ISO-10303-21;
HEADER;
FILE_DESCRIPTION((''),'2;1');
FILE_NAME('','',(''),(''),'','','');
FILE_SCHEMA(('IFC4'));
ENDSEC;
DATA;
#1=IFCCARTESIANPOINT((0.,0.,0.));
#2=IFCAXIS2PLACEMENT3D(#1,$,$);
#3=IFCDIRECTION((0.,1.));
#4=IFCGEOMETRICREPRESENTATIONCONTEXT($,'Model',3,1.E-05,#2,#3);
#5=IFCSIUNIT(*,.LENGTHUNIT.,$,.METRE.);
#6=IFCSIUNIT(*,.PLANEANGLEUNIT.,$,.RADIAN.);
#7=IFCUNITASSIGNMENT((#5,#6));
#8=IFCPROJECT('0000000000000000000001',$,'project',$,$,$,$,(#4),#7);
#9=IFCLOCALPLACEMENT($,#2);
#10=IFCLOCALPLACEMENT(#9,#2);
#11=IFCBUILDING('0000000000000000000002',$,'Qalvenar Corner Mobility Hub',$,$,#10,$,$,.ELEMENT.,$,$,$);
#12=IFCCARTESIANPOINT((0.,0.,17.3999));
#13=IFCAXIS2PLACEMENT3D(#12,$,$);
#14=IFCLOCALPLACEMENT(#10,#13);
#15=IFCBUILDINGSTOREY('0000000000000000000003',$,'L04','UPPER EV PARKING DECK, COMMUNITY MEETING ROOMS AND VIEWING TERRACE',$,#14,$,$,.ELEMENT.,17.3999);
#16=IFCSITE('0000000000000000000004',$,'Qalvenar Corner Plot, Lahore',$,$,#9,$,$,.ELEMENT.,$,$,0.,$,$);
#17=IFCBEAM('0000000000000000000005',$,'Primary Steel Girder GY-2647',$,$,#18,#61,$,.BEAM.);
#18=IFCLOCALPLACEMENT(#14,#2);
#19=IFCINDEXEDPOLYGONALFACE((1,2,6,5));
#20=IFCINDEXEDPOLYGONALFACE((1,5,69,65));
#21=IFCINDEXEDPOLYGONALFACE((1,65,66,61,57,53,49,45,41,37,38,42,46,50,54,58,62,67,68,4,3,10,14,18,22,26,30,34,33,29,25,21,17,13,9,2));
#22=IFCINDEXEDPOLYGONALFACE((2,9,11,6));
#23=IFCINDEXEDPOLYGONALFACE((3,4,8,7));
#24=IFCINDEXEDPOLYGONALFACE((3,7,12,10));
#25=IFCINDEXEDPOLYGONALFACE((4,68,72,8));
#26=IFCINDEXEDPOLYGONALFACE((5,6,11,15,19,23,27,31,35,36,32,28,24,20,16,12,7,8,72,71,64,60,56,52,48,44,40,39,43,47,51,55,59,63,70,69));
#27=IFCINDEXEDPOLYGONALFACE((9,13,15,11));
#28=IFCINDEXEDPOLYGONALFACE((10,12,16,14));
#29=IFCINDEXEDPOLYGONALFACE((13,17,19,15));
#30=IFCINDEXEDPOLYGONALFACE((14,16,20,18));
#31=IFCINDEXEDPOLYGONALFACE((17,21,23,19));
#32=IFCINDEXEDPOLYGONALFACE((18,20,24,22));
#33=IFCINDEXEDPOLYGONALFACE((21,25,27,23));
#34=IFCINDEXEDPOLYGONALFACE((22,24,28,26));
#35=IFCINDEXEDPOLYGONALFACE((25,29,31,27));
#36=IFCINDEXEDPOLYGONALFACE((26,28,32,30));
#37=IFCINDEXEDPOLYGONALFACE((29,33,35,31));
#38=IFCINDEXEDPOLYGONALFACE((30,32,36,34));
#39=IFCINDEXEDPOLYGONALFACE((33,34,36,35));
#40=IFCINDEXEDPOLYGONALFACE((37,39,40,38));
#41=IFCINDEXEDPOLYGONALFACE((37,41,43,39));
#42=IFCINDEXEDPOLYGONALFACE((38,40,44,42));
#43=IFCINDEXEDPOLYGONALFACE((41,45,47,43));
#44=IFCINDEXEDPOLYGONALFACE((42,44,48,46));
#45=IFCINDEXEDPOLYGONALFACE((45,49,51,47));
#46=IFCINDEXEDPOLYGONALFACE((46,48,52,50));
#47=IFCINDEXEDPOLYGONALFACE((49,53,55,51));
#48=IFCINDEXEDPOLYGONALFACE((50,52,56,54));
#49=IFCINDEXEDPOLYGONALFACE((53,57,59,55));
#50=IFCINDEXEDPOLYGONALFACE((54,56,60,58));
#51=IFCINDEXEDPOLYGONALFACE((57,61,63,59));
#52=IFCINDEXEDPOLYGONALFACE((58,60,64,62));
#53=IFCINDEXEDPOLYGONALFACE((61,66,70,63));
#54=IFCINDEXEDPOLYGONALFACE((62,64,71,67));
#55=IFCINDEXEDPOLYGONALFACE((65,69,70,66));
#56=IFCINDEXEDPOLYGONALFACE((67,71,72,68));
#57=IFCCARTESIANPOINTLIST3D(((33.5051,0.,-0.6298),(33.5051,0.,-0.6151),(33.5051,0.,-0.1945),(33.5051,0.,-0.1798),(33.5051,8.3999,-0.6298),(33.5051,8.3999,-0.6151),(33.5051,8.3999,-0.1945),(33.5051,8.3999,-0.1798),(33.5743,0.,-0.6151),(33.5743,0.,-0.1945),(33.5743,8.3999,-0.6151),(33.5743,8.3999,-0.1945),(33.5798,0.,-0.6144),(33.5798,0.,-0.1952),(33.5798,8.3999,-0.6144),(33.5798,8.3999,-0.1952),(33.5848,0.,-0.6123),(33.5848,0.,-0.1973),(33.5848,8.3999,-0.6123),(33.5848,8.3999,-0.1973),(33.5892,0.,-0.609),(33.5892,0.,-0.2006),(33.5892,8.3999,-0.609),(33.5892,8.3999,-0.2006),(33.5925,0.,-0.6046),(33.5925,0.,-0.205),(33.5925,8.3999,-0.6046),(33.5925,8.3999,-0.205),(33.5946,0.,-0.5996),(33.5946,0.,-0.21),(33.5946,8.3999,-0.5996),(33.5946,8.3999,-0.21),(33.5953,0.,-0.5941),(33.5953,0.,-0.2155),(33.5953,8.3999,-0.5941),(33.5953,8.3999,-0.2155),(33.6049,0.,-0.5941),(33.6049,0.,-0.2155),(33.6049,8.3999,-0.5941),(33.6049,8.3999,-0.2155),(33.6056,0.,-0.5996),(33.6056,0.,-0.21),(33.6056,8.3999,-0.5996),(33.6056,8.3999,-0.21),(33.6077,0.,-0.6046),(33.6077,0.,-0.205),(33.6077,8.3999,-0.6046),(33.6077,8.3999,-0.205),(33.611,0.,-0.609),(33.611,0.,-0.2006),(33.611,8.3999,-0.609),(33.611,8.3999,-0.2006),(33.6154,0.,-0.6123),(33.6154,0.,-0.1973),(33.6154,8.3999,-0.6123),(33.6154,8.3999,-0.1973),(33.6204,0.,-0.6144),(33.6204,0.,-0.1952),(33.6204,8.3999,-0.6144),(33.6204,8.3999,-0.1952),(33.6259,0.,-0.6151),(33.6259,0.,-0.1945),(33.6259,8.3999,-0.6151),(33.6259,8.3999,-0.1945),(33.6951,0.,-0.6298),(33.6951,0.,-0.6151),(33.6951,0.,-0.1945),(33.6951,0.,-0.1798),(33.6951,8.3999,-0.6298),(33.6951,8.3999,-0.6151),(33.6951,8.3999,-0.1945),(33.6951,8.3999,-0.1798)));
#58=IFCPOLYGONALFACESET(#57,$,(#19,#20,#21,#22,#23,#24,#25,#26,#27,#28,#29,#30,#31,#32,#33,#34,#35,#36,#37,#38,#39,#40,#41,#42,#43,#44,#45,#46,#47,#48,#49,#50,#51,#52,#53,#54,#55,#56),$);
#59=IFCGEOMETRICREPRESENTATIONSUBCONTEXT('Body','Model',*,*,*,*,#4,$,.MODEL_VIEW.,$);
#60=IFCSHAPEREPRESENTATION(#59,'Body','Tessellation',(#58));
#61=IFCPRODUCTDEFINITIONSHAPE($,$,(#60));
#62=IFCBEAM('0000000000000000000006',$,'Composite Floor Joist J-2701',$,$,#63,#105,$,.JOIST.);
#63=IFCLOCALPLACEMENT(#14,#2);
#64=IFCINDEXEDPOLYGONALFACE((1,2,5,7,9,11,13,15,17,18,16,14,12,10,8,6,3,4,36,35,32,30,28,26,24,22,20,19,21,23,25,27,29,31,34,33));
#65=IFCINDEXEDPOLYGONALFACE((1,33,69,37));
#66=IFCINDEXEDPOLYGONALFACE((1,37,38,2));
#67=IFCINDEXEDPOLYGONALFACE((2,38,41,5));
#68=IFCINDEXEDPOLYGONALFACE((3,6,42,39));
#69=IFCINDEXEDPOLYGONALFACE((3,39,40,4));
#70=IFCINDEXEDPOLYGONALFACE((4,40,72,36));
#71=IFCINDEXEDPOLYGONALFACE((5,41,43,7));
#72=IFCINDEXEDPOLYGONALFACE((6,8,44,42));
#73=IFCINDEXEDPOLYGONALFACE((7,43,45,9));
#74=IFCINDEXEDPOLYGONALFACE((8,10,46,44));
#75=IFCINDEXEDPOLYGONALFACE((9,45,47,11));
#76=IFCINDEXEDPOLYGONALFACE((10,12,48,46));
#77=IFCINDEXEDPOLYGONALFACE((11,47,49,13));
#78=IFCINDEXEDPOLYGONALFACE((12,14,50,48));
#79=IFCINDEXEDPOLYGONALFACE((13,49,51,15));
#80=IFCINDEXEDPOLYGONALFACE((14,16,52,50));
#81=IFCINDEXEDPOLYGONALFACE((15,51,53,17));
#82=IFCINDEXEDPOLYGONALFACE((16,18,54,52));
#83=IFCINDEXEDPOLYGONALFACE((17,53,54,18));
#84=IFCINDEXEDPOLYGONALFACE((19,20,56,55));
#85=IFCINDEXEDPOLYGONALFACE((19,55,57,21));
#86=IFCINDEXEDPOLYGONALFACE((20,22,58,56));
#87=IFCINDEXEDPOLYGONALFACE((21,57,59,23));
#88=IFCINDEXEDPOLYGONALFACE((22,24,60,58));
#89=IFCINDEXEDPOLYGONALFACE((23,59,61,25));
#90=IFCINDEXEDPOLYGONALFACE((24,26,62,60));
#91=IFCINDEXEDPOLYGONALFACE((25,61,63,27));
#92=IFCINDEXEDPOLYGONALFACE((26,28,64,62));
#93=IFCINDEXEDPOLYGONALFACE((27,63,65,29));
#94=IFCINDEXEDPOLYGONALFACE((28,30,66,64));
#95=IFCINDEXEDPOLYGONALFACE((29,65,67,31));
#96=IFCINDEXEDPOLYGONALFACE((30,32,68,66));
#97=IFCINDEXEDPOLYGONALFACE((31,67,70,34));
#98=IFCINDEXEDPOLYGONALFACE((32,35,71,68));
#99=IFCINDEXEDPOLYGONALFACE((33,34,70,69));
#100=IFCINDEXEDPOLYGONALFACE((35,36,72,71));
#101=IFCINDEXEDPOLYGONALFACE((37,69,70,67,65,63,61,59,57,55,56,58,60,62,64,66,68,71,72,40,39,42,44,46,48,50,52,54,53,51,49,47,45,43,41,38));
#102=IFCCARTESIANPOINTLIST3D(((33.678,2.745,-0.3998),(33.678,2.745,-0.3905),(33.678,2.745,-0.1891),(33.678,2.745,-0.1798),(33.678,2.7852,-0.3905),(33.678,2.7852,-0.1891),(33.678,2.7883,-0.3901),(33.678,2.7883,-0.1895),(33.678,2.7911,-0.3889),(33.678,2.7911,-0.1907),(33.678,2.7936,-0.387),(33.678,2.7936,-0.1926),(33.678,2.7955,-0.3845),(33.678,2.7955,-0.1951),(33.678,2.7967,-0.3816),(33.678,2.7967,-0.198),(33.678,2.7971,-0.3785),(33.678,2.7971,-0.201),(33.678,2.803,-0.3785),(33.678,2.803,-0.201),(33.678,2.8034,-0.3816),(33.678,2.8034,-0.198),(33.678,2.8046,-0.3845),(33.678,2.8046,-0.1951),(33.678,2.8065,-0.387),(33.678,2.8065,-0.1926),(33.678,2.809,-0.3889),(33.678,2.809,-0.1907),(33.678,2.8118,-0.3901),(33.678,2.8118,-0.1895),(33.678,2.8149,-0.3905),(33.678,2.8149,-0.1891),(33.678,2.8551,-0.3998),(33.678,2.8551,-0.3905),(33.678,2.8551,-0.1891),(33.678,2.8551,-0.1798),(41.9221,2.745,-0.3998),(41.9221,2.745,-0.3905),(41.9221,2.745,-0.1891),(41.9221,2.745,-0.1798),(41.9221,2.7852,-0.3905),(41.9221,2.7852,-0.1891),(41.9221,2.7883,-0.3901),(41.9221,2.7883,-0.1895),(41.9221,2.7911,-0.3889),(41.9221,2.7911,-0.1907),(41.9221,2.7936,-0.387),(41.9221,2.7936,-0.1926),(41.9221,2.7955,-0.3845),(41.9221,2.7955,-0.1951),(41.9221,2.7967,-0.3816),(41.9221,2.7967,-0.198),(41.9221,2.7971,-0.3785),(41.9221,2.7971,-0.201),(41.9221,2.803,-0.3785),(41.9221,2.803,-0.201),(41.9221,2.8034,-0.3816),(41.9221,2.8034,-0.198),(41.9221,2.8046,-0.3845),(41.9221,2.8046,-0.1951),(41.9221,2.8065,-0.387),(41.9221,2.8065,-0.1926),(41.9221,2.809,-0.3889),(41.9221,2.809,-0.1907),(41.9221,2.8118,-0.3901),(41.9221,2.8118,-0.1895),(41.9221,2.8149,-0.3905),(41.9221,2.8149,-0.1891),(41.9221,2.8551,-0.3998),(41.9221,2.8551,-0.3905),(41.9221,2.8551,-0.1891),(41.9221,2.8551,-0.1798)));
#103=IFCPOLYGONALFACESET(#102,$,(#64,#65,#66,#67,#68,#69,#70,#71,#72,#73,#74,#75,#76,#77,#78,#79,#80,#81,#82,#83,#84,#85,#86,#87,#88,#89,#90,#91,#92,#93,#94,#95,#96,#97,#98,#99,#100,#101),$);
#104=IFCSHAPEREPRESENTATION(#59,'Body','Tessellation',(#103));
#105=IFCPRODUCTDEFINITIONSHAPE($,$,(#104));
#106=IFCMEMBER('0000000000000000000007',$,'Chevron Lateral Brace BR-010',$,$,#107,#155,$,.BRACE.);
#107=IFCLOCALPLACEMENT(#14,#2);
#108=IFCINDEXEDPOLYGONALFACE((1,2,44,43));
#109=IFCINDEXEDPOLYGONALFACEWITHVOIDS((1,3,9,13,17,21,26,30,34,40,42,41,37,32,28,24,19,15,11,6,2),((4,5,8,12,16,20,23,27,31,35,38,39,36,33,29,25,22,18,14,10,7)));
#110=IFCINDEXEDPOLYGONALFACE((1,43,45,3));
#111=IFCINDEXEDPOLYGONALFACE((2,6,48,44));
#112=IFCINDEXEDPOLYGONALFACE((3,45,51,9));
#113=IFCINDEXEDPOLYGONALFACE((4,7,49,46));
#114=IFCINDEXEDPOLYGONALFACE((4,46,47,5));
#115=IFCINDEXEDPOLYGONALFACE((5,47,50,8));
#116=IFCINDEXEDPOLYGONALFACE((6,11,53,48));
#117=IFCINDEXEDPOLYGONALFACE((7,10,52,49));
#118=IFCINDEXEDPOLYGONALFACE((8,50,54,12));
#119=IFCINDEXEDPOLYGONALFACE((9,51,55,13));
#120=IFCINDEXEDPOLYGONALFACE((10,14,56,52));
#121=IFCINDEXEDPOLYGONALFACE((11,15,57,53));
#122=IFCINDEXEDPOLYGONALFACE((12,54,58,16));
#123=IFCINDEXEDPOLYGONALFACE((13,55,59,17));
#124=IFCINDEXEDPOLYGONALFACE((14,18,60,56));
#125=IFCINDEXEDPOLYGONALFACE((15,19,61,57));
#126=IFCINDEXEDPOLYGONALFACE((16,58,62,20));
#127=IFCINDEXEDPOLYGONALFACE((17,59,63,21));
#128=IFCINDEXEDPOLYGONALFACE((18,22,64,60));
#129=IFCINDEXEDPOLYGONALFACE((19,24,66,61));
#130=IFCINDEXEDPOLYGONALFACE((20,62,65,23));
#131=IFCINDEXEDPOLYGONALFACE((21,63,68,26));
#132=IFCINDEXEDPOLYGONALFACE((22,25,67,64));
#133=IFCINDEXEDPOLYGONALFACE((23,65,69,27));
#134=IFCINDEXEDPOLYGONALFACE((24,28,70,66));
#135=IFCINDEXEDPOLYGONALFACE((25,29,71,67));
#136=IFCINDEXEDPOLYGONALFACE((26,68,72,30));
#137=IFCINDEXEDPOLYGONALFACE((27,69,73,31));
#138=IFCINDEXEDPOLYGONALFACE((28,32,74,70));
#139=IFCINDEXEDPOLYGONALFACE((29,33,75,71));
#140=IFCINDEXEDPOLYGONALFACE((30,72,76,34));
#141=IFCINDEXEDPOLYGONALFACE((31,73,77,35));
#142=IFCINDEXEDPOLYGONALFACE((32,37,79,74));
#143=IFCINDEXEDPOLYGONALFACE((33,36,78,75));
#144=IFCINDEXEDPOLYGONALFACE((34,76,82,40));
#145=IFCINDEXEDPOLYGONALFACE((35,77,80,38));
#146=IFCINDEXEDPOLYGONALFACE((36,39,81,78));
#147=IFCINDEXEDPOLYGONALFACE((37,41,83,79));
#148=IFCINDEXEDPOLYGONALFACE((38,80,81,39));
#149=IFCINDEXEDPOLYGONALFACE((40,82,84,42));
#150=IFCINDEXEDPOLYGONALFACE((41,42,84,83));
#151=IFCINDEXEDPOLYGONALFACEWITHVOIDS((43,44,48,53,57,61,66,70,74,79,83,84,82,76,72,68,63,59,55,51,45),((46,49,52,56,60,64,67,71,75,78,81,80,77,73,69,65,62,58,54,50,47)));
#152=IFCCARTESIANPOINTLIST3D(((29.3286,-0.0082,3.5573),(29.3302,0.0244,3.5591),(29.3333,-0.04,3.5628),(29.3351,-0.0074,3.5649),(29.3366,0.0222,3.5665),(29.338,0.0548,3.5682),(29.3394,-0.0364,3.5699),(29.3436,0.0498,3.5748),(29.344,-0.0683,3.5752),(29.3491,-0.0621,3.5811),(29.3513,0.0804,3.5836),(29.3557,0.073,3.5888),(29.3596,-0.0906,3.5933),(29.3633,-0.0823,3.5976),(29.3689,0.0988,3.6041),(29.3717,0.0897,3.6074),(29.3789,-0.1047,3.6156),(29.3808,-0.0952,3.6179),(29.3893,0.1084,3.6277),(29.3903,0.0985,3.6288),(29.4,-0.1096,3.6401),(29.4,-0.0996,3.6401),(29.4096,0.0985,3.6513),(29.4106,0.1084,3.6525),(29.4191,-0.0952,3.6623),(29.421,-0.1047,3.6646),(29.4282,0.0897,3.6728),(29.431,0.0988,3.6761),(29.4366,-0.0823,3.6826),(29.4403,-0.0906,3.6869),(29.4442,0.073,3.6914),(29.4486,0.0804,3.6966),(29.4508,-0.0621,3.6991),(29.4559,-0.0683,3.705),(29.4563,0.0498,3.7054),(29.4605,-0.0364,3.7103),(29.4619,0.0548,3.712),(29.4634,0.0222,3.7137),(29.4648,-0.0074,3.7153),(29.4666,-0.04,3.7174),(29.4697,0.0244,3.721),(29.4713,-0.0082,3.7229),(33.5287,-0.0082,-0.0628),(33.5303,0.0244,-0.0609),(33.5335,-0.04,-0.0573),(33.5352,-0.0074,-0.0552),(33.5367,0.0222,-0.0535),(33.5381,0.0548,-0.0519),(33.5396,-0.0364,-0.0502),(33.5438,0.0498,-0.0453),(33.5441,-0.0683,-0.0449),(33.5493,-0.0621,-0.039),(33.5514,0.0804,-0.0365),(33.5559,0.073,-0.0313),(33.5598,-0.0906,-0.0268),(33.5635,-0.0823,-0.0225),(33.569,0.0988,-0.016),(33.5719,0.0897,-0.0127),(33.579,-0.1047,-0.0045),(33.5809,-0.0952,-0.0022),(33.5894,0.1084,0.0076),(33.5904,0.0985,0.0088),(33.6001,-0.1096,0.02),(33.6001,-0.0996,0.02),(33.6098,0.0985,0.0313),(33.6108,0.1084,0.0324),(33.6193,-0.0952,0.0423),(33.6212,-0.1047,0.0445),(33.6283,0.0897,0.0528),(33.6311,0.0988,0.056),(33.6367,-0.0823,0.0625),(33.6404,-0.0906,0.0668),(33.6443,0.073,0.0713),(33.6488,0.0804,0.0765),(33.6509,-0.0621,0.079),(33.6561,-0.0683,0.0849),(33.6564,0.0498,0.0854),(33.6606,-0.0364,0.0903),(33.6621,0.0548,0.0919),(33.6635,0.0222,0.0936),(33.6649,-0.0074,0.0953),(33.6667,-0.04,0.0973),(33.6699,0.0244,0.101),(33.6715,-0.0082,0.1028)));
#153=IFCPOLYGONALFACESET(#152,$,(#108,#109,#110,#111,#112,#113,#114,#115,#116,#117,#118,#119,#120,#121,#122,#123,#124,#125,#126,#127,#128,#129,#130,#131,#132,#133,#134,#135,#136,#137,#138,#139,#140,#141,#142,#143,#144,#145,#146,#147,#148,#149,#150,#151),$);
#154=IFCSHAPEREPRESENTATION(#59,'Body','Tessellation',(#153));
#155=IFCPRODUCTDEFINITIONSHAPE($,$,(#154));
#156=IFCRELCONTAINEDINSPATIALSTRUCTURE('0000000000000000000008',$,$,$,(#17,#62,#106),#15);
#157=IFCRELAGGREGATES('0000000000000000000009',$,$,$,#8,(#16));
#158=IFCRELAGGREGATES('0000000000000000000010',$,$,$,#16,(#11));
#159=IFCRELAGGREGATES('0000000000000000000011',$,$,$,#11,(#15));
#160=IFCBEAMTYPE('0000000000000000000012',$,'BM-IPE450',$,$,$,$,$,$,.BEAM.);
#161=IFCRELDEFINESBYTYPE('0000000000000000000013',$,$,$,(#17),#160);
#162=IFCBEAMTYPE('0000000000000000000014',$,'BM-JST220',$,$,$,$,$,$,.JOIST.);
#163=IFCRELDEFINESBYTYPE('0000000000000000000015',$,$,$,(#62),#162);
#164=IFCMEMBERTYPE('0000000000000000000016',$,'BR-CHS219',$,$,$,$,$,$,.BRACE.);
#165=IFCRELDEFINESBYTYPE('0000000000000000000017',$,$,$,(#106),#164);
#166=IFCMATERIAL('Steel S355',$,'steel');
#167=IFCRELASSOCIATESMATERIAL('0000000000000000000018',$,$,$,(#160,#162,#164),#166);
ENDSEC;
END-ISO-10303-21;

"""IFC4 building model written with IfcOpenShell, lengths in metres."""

from ifc_helpers import new_model, si_unit, direction, frame, origin, origin_2d, place, context, subcontext, project, spatial, hollow_circle, i_section, extrude, material, material_profile, profile_set, type_object, element, save


model = new_model("IFC4")

# Units and contexts
model_context = context("Model", 3, precision=1e-05, world=origin(), true_north=direction((0.0, 1.0)))
body_context = subcontext(model_context, "Body", "Model", "MODEL_VIEW")
ifc_project = project(units=[si_unit("LENGTHUNIT", "METRE"), si_unit("PLANEANGLEUNIT", "RADIAN")], contexts=[model_context])

# Site, building, storey
site_placement = place(None, origin())
site = spatial("IfcSite", under=ifc_project, at=site_placement, Name="Qalvenar Corner Plot, Lahore", CompositionType="ELEMENT", RefElevation=0.0)
building_placement = place(site_placement, origin())
building = spatial("IfcBuilding", under=site, at=building_placement, Name="Qalvenar Corner Mobility Hub", CompositionType="ELEMENT")
storey_placement = place(building_placement, frame((0.0, 0.0, 17.3999)))
storey = spatial("IfcBuildingStorey", under=building, at=storey_placement, Name="L04", Description="UPPER EV PARKING DECK, COMMUNITY MEETING ROOMS AND VIEWING TERRACE", CompositionType="ELEMENT", Elevation=17.3999)

# Beams
ifc_material_1 = material(Name="Steel S355", Category="steel")
ifc_material_profile_1 = material_profile(ifc_material_1, i_section(OverallWidth=0.1899, OverallDepth=0.45, WebThickness=0.0095, FlangeThickness=0.0146, FilletRadius=0.021, at=origin_2d()), Name="IPE450")
ifc_profile_set_1 = profile_set([ifc_material_profile_1], Name="Steel S355")
beam_type_1 = type_object("IfcBeamType", Name="BM-IPE450", PredefinedType="BEAM", material=ifc_profile_set_1)
beam_1_placement = place(storey_placement, frame((33.6001, 0.0, -0.4048), z_axis=(0.0, 1.0, 0.0), x_axis=(-1.0, 0.0, 0.0)))
element("IfcBeam", 1, at=beam_1_placement, inside=storey, type_object=beam_type_1, Name="Primary Steel Girder GY-2647", PredefinedType="BEAM", context=body_context, shape_type="SweptSolid", body=[
    extrude(i_section(OverallWidth=0.1899, OverallDepth=0.45, WebThickness=0.0095, FlangeThickness=0.0146, FilletRadius=0.021, at=origin_2d()), origin(), (0.0, 0.0, 1.0), 8.3999),
])
ifc_material_profile_2 = material_profile(ifc_material_1, i_section(OverallWidth=0.1101, OverallDepth=0.22, WebThickness=0.0059, FlangeThickness=0.0093, FilletRadius=0.012, at=origin_2d()), Name="IPE220")
ifc_profile_set_2 = profile_set([ifc_material_profile_2], Name="Steel S355")
beam_type_2 = type_object("IfcBeamType", Name="BM-JST220", PredefinedType="JOIST", material=ifc_profile_set_2)
beam_2_placement = place(storey_placement, frame((33.678, 2.8, -0.2898), z_axis=(1.0, 0.0, 0.0), x_axis=(0.0, 1.0, 0.0)))
element("IfcBeam", 2, at=beam_2_placement, inside=storey, type_object=beam_type_2, Name="Composite Floor Joist J-2701", PredefinedType="JOIST", context=body_context, shape_type="SweptSolid", body=[
    extrude(i_section(OverallWidth=0.1101, OverallDepth=0.22, WebThickness=0.0059, FlangeThickness=0.0093, FilletRadius=0.012, at=origin_2d()), origin(), (0.0, 0.0, 1.0), 8.2441),
])

# Member
ifc_material_profile_3 = material_profile(ifc_material_1, hollow_circle(Radius=0.1096, WallThickness=0.01, at=origin_2d()), Name="CHS219.1x10")
ifc_profile_set_3 = profile_set([ifc_material_profile_3], Name="Steel S355")
member_type_1 = type_object("IfcMemberType", Name="BR-CHS219", PredefinedType="BRACE", material=ifc_profile_set_3)
member_1_placement = place(storey_placement, frame((33.6001, 0.0, 0.02), z_axis=(-0.757476, 0.0, 0.652863), x_axis=(0.0, -1.0, 0.0)))
element("IfcMember", 3, at=member_1_placement, inside=storey, type_object=member_type_1, Name="Chevron Lateral Brace BR-010", PredefinedType="BRACE", context=body_context, shape_type="SweptSolid", body=[
    extrude(hollow_circle(Radius=0.1096, WallThickness=0.01, at=origin_2d()), origin(), (0.0, 0.0, 1.0), 5.5449),
])

save(model, "model.ifc")
